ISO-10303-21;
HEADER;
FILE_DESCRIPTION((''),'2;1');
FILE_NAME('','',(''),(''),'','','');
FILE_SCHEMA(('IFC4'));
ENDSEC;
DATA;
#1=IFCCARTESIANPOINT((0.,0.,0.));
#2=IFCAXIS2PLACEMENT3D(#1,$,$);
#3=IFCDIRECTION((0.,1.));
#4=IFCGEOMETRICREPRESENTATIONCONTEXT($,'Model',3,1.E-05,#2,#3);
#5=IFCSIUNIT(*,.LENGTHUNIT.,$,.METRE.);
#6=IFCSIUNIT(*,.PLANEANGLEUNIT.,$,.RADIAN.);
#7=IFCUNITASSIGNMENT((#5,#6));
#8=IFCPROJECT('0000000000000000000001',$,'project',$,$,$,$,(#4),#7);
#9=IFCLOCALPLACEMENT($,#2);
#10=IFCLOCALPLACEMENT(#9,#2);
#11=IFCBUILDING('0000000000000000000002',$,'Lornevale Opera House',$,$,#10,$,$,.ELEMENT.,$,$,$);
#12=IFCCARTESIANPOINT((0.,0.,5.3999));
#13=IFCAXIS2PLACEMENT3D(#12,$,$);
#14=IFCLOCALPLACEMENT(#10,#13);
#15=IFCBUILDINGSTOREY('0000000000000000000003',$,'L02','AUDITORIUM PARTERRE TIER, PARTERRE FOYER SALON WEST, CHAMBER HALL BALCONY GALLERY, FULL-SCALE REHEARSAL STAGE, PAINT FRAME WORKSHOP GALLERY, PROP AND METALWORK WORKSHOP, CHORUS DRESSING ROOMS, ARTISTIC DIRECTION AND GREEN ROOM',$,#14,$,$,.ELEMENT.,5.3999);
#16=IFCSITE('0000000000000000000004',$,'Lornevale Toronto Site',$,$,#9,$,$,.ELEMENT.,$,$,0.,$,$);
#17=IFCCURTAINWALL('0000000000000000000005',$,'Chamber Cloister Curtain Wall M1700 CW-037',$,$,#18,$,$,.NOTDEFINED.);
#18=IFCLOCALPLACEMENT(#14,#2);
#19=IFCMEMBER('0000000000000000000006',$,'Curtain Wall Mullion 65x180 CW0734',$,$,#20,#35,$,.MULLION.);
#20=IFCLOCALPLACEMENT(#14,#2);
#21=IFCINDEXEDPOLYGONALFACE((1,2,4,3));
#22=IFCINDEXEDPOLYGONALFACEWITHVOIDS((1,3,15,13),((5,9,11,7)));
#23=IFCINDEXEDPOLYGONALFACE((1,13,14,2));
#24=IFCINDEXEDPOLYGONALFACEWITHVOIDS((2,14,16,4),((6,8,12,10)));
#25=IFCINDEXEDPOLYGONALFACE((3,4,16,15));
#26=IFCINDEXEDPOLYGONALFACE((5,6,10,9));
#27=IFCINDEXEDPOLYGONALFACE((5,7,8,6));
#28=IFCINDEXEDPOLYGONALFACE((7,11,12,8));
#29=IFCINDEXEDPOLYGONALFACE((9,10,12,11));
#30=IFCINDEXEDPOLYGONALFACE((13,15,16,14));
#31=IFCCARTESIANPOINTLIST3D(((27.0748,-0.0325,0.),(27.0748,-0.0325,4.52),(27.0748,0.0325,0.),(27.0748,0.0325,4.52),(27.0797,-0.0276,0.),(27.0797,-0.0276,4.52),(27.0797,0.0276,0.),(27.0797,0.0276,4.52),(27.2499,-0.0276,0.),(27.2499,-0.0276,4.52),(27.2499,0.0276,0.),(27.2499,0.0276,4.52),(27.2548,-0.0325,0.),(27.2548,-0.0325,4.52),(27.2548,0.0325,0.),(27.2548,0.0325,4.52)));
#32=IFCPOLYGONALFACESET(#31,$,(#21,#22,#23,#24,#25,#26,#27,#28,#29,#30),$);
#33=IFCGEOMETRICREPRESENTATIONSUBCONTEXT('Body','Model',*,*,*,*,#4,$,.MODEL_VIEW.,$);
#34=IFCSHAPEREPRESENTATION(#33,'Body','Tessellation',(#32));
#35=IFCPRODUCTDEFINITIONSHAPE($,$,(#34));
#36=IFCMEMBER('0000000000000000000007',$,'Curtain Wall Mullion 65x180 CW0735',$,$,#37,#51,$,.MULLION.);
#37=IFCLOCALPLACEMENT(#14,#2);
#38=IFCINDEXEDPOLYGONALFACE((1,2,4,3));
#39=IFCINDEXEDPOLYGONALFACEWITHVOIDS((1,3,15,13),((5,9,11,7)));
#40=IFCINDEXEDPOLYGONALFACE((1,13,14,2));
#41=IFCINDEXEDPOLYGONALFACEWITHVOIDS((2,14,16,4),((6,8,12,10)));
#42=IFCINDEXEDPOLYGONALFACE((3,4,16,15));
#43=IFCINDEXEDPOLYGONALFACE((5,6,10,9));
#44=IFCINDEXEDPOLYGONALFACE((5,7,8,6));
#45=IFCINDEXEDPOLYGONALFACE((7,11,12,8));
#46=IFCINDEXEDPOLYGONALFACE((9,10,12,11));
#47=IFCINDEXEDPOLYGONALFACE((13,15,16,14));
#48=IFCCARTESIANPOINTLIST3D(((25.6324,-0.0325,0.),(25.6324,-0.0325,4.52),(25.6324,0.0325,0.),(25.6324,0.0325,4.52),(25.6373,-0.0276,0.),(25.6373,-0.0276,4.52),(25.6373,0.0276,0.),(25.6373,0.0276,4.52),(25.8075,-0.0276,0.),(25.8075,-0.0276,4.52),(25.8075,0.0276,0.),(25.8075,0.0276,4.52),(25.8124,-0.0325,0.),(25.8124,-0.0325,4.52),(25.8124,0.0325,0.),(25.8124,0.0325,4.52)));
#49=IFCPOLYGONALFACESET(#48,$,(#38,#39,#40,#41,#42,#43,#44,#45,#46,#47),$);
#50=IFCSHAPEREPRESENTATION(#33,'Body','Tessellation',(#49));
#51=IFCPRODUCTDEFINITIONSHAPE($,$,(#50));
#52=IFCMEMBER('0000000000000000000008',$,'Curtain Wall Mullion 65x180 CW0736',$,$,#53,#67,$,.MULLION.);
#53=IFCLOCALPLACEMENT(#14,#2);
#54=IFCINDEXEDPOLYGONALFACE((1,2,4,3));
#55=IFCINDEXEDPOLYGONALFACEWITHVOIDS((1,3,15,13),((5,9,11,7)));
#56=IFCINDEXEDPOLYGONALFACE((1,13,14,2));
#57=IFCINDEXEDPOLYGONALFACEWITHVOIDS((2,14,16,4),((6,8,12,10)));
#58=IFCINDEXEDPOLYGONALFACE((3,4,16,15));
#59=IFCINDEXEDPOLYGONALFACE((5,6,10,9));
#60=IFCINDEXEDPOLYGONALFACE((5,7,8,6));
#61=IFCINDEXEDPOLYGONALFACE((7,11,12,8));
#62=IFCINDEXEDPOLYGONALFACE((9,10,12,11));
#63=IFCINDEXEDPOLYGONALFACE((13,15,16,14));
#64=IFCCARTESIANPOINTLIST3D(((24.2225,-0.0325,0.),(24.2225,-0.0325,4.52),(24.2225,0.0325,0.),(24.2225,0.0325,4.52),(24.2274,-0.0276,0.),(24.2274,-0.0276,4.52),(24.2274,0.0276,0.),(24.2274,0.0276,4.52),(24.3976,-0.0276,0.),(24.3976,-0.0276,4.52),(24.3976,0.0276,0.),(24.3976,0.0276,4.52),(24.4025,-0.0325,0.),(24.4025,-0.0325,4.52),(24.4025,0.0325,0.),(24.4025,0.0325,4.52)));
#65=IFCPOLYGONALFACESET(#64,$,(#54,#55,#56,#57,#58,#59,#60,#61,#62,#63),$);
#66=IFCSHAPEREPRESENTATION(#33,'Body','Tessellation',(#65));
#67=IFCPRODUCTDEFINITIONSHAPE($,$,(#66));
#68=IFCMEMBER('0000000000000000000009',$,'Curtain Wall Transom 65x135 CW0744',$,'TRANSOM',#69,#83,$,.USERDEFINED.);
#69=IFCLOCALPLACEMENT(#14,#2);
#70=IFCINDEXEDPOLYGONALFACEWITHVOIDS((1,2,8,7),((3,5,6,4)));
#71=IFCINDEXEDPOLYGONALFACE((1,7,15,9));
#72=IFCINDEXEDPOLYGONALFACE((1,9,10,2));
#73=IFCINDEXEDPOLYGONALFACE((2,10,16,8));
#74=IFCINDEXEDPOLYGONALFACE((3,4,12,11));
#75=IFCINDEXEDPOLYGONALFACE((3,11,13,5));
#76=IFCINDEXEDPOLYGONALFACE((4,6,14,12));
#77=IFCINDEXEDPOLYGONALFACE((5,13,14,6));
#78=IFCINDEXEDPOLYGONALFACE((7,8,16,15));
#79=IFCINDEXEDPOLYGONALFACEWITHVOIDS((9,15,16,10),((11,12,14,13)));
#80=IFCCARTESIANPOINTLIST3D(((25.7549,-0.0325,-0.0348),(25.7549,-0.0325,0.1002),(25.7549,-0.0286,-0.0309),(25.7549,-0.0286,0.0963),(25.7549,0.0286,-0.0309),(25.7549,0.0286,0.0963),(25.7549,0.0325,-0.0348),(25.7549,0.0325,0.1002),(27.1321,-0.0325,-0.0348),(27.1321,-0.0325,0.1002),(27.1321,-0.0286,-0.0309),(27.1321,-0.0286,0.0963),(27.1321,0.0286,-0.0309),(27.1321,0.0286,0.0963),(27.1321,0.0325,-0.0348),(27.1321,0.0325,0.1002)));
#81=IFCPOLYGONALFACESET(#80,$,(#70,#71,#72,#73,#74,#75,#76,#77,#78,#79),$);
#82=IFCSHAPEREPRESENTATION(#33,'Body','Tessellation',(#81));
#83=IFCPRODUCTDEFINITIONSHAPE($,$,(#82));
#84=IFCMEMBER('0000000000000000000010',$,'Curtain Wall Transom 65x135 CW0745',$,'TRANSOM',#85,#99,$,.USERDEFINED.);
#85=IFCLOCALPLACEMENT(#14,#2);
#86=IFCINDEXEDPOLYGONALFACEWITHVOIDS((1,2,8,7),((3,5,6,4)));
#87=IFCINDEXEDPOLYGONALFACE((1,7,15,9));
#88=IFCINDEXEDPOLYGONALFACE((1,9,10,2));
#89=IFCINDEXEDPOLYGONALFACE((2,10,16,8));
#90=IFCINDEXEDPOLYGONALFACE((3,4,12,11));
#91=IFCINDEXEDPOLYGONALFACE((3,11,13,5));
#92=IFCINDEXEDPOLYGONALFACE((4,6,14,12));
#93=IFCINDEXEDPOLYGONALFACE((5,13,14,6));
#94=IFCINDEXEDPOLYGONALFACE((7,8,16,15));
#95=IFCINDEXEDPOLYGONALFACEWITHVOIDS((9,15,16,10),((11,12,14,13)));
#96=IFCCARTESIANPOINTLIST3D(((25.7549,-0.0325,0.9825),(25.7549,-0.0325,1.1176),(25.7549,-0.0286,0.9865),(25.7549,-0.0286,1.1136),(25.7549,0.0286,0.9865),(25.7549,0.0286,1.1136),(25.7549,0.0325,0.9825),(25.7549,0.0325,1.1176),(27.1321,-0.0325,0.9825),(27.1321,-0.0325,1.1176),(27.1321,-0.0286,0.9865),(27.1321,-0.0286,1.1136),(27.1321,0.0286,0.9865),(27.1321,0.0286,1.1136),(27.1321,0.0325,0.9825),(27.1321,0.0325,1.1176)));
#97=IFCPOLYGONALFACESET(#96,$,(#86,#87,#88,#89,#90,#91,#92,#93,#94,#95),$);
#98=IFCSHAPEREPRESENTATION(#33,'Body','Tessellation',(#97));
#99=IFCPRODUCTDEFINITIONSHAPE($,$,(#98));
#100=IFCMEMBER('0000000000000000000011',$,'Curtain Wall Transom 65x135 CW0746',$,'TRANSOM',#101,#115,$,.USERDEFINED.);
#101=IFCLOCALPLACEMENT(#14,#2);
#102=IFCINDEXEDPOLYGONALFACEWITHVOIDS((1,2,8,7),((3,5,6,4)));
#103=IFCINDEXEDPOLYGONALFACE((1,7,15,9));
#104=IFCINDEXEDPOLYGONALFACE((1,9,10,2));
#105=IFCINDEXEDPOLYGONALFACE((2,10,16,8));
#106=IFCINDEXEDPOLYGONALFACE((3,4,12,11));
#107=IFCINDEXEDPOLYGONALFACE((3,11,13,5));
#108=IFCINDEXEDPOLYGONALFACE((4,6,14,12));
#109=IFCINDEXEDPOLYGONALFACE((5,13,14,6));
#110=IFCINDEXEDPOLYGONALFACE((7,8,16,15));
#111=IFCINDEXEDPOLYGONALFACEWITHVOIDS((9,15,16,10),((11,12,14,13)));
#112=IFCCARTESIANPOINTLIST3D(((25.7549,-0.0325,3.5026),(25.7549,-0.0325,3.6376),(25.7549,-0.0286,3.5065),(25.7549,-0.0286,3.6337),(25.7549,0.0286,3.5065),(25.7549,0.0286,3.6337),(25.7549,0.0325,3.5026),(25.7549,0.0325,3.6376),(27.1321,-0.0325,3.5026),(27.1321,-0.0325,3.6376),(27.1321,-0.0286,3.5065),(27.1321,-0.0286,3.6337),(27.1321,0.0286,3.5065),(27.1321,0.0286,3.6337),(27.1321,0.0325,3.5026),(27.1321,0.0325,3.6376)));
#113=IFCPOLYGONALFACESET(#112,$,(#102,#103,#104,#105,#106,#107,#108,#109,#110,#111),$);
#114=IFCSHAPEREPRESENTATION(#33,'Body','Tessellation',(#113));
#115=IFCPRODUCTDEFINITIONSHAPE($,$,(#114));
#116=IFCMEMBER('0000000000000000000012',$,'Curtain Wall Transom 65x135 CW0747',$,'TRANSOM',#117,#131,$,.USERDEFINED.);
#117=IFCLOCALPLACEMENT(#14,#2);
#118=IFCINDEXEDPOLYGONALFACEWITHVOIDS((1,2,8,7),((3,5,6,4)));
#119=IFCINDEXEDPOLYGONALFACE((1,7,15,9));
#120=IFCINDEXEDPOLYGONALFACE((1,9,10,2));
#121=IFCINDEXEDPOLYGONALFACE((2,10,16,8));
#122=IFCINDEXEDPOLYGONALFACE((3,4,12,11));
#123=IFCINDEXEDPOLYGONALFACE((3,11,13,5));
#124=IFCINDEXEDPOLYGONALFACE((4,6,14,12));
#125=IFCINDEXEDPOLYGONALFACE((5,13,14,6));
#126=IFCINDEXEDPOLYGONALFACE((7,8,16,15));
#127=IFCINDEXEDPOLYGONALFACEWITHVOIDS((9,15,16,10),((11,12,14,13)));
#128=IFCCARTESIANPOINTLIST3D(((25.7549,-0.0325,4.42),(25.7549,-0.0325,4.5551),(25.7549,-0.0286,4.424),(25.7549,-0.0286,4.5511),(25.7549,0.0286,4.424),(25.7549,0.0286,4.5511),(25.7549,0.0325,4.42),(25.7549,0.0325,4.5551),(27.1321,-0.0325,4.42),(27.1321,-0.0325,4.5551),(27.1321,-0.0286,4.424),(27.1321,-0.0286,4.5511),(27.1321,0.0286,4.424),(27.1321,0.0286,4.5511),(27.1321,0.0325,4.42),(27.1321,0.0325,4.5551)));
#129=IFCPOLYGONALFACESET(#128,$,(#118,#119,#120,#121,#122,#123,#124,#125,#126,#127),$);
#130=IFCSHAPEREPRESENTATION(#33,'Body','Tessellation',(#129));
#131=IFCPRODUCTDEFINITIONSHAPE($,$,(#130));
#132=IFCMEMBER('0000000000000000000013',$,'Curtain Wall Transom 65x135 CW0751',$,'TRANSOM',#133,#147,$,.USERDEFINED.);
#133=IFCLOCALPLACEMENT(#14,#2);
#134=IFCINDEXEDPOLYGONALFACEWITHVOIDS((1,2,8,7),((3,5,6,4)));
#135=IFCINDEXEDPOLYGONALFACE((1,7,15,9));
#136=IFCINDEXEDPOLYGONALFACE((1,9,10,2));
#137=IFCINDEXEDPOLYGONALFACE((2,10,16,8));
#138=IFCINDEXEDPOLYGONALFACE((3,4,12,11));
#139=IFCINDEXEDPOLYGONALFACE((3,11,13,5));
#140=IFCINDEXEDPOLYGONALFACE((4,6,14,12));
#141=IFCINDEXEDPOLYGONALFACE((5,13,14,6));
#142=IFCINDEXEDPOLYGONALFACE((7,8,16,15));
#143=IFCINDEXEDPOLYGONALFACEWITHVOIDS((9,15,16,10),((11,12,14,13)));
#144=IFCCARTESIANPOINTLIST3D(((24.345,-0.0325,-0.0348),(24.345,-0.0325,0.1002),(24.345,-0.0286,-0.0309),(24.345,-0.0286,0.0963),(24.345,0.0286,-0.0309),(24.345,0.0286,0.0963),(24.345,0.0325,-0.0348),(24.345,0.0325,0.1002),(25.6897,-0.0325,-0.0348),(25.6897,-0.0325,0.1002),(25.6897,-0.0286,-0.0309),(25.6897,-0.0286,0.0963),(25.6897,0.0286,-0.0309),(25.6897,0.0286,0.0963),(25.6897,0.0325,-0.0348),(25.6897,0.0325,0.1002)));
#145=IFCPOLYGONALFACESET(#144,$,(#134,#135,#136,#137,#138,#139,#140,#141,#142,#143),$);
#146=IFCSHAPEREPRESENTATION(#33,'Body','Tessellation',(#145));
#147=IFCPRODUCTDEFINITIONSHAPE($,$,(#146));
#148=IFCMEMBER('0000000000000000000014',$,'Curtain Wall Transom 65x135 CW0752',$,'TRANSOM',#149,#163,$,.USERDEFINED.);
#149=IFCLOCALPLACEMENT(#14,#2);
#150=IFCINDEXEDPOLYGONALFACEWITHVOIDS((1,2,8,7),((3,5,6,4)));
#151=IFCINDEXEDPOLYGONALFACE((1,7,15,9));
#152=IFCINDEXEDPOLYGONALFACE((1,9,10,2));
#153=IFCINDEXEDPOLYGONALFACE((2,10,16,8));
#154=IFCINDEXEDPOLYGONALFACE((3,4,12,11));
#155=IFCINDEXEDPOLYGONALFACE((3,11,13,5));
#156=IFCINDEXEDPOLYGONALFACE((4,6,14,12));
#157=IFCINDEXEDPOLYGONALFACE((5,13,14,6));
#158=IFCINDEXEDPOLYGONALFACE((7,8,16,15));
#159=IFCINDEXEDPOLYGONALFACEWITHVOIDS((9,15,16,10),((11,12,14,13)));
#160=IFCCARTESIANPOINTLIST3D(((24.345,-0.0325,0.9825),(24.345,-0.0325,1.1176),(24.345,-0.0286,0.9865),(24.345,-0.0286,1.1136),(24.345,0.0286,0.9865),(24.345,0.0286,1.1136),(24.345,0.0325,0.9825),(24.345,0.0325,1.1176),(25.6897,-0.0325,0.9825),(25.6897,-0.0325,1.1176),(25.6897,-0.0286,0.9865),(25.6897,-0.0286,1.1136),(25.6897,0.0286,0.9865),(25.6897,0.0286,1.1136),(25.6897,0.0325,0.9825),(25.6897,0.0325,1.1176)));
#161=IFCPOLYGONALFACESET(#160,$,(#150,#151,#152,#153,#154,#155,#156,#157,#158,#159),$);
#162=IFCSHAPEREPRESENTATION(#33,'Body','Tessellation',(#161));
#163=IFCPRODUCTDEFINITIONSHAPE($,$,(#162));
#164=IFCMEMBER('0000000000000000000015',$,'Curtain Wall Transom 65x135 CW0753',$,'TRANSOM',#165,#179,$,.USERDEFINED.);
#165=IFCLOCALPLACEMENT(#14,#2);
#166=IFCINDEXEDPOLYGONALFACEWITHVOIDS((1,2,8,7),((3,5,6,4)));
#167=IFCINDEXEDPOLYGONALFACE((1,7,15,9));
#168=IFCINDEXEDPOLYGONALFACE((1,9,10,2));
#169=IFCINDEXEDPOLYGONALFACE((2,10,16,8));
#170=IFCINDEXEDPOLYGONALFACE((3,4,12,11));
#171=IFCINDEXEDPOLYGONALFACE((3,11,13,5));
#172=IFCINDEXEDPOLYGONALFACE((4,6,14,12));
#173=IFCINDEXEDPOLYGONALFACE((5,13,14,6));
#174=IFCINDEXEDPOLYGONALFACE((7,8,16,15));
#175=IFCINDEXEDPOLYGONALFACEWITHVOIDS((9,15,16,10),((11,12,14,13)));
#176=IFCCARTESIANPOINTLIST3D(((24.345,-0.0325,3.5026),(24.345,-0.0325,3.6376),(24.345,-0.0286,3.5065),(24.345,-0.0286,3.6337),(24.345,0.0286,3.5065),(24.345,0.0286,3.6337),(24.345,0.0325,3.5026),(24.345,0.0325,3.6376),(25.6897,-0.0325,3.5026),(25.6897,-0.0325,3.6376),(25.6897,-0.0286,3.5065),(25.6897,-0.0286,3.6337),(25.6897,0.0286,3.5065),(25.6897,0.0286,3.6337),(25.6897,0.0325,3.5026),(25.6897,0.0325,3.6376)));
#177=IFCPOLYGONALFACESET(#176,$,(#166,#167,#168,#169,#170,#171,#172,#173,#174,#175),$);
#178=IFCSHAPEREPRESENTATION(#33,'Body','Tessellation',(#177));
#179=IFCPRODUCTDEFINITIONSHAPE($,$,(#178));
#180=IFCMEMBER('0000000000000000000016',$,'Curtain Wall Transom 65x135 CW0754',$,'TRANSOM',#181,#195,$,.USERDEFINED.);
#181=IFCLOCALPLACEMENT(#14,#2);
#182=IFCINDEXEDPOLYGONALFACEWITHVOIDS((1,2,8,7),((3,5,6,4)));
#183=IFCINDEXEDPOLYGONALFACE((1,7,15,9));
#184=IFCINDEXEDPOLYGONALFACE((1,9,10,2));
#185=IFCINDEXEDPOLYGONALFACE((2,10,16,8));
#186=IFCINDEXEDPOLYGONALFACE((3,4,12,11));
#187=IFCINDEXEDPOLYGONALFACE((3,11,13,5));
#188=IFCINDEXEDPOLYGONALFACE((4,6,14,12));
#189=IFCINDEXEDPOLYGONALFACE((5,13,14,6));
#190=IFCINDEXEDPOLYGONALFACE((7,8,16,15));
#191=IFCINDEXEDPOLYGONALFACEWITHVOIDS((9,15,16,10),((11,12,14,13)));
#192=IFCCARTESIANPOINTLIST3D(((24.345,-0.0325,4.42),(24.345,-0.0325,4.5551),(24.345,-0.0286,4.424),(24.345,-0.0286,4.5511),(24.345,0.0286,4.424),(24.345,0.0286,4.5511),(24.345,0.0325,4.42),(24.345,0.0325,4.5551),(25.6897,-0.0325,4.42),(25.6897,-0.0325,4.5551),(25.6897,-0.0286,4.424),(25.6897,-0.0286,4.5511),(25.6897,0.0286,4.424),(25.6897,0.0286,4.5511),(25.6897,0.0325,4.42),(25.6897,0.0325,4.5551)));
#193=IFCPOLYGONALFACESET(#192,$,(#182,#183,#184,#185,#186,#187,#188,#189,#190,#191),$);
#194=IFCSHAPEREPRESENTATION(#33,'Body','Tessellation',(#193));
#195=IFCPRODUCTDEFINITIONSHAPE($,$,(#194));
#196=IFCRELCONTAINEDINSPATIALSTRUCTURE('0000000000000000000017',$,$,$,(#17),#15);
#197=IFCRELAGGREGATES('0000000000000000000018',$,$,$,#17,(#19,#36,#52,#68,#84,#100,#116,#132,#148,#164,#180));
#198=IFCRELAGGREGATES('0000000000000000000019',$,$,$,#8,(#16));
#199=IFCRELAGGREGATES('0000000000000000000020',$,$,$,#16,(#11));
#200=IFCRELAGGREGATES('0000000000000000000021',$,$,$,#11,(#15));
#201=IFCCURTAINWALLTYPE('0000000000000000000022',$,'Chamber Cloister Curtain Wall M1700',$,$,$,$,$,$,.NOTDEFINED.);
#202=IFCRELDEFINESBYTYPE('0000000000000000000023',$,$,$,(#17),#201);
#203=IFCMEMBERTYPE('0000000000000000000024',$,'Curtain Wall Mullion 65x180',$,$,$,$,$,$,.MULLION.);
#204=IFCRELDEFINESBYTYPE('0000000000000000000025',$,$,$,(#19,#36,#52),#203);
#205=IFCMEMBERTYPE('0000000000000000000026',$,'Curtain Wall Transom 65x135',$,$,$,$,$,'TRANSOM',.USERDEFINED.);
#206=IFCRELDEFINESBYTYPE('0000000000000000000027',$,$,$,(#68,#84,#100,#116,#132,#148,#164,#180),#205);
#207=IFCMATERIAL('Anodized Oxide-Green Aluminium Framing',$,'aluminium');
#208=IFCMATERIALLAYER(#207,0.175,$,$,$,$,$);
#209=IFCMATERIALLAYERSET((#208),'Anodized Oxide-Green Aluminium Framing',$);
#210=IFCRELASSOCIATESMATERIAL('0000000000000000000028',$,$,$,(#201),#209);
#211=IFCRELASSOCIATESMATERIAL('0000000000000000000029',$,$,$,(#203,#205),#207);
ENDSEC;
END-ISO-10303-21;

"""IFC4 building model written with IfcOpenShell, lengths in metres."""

from ifc_helpers import new_model, si_unit, direction, frame, origin, origin_2d, place, context, subcontext, project, spatial, hollow_rectangle, extrude, material, layer, layer_set, material_profile, profile_set, type_object, element, aggregate, save


model = new_model("IFC4")

# Units and contexts
model_context = context("Model", 3, precision=1e-05, world=origin(), true_north=direction((0.0, 1.0)))
body_context = subcontext(model_context, "Body", "Model", "MODEL_VIEW")
ifc_project = project(units=[si_unit("LENGTHUNIT", "METRE"), si_unit("PLANEANGLEUNIT", "RADIAN")], contexts=[model_context])

# Site, building, storey
site_placement = place(None, origin())
site = spatial("IfcSite", under=ifc_project, at=site_placement, Name="Lornevale Toronto Site", CompositionType="ELEMENT", RefElevation=0.0)
building_placement = place(site_placement, origin())
building = spatial("IfcBuilding", under=site, at=building_placement, Name="Lornevale Opera House", CompositionType="ELEMENT")
storey_placement = place(building_placement, frame((0.0, 0.0, 5.3999)))
storey = spatial("IfcBuildingStorey", under=building, at=storey_placement, Name="L02", Description="AUDITORIUM PARTERRE TIER, PARTERRE FOYER SALON WEST, CHAMBER HALL BALCONY GALLERY, FULL-SCALE REHEARSAL STAGE, PAINT FRAME WORKSHOP GALLERY, PROP AND METALWORK WORKSHOP, CHORUS DRESSING ROOMS, ARTISTIC DIRECTION AND GREEN ROOM", CompositionType="ELEMENT", Elevation=5.3999)

# Curtain wall, members
ifc_material_1 = material(Name="Anodized Oxide-Green Aluminium Framing", Category="aluminium")
ifc_layer_1 = layer(ifc_material_1, 0.175)
ifc_layer_set_1 = layer_set([ifc_layer_1], Name="Anodized Oxide-Green Aluminium Framing")
curtain_wall_type = type_object("IfcCurtainWallType", Name="Chamber Cloister Curtain Wall M1700", PredefinedType="NOTDEFINED", material=ifc_layer_set_1)
curtain_wall_placement = place(storey_placement, origin())
curtain_wall = element("IfcCurtainWall", 1, at=curtain_wall_placement, inside=storey, type_object=curtain_wall_type, Name="Chamber Cloister Curtain Wall M1700 CW-037", PredefinedType="NOTDEFINED")
ifc_material_profile_1 = material_profile(ifc_material_1, hollow_rectangle(XDim=0.0649, YDim=0.1799, WallThickness=0.0049, at=origin_2d()), Name="ALU65x180x5")
ifc_profile_set_1 = profile_set([ifc_material_profile_1], Name="Anodized Oxide-Green Aluminium Framing")
member_type_1 = type_object("IfcMemberType", Name="Curtain Wall Mullion 65x180", PredefinedType="MULLION", material=ifc_profile_set_1)
member_1_placement = place(storey_placement, frame((27.1648, 0.0, 0.0), z_axis=(0.0, 0.0, 1.0), x_axis=(0.0, -1.0, 0.0)))
member_1 = element("IfcMember", 2, at=member_1_placement, type_object=member_type_1, Name="Curtain Wall Mullion 65x180 CW0734", PredefinedType="MULLION", context=body_context, shape_type="SweptSolid", body=[
    extrude(hollow_rectangle(XDim=0.0649, YDim=0.1799, WallThickness=0.0049, at=origin_2d()), origin(), (0.0, 0.0, 1.0), 4.52),
])
member_2_placement = place(storey_placement, frame((25.7224, 0.0, 0.0), z_axis=(0.0, 0.0, 1.0), x_axis=(0.0, -1.0, 0.0)))
member_2 = element("IfcMember", 3, at=member_2_placement, type_object=member_type_1, Name="Curtain Wall Mullion 65x180 CW0735", PredefinedType="MULLION", context=body_context, shape_type="SweptSolid", body=[
    extrude(hollow_rectangle(XDim=0.0649, YDim=0.1799, WallThickness=0.0049, at=origin_2d()), origin(), (0.0, 0.0, 1.0), 4.52),
])
member_3_placement = place(storey_placement, frame((24.3125, 0.0, 0.0), z_axis=(0.0, 0.0, 1.0), x_axis=(0.0, -1.0, 0.0)))
member_3 = element("IfcMember", 4, at=member_3_placement, type_object=member_type_1, Name="Curtain Wall Mullion 65x180 CW0736", PredefinedType="MULLION", context=body_context, shape_type="SweptSolid", body=[
    extrude(hollow_rectangle(XDim=0.0649, YDim=0.1799, WallThickness=0.0049, at=origin_2d()), origin(), (0.0, 0.0, 1.0), 4.52),
])
ifc_material_profile_2 = material_profile(ifc_material_1, hollow_rectangle(XDim=0.0649, YDim=0.135, WallThickness=0.0039, at=origin_2d()), Name="ALU65x135x4")
ifc_profile_set_2 = profile_set([ifc_material_profile_2], Name="Anodized Oxide-Green Aluminium Framing")
member_type_2 = type_object("IfcMemberType", Name="Curtain Wall Transom 65x135", ElementType="TRANSOM", PredefinedType="USERDEFINED", material=ifc_profile_set_2)
member_4_placement = place(storey_placement, frame((27.1321, 0.0, 0.0327), z_axis=(-1.0, 0.0, 0.0), x_axis=(0.0, -1.0, 0.0)))
member_4 = element("IfcMember", 5, at=member_4_placement, type_object=member_type_2, Name="Curtain Wall Transom 65x135 CW0744", ObjectType="TRANSOM", PredefinedType="USERDEFINED", context=body_context, shape_type="SweptSolid", body=[
    extrude(hollow_rectangle(XDim=0.0649, YDim=0.135, WallThickness=0.0039, at=origin_2d()), origin(), (0.0, 0.0, 1.0), 1.3772),
])
member_5_placement = place(storey_placement, frame((27.1321, 0.0, 1.05), z_axis=(-1.0, 0.0, 0.0), x_axis=(0.0, -1.0, 0.0)))
member_5 = element("IfcMember", 6, at=member_5_placement, type_object=member_type_2, Name="Curtain Wall Transom 65x135 CW0745", ObjectType="TRANSOM", PredefinedType="USERDEFINED", context=body_context, shape_type="SweptSolid", body=[
    extrude(hollow_rectangle(XDim=0.0649, YDim=0.135, WallThickness=0.0039, at=origin_2d()), origin(), (0.0, 0.0, 1.0), 1.3772),
])
member_6_placement = place(storey_placement, frame((27.1321, 0.0, 3.5701), z_axis=(-1.0, 0.0, 0.0), x_axis=(0.0, -1.0, 0.0)))
member_6 = element("IfcMember", 7, at=member_6_placement, type_object=member_type_2, Name="Curtain Wall Transom 65x135 CW0746", ObjectType="TRANSOM", PredefinedType="USERDEFINED", context=body_context, shape_type="SweptSolid", body=[
    extrude(hollow_rectangle(XDim=0.0649, YDim=0.135, WallThickness=0.0039, at=origin_2d()), origin(), (0.0, 0.0, 1.0), 1.3772),
])
member_7_placement = place(storey_placement, frame((27.1321, 0.0, 4.4875), z_axis=(-1.0, 0.0, 0.0), x_axis=(0.0, -1.0, 0.0)))
member_7 = element("IfcMember", 8, at=member_7_placement, type_object=member_type_2, Name="Curtain Wall Transom 65x135 CW0747", ObjectType="TRANSOM", PredefinedType="USERDEFINED", context=body_context, shape_type="SweptSolid", body=[
    extrude(hollow_rectangle(XDim=0.0649, YDim=0.135, WallThickness=0.0039, at=origin_2d()), origin(), (0.0, 0.0, 1.0), 1.3772),
])
member_8_placement = place(storey_placement, frame((25.6897, 0.0, 0.0327), z_axis=(-1.0, 0.0, 0.0), x_axis=(0.0, -1.0, 0.0)))
member_8 = element("IfcMember", 9, at=member_8_placement, type_object=member_type_2, Name="Curtain Wall Transom 65x135 CW0751", ObjectType="TRANSOM", PredefinedType="USERDEFINED", context=body_context, shape_type="SweptSolid", body=[
    extrude(hollow_rectangle(XDim=0.0649, YDim=0.135, WallThickness=0.0039, at=origin_2d()), origin(), (0.0, 0.0, 1.0), 1.3447),
])
member_9_placement = place(storey_placement, frame((25.6897, 0.0, 1.05), z_axis=(-1.0, 0.0, 0.0), x_axis=(0.0, -1.0, 0.0)))
member_9 = element("IfcMember", 10, at=member_9_placement, type_object=member_type_2, Name="Curtain Wall Transom 65x135 CW0752", ObjectType="TRANSOM", PredefinedType="USERDEFINED", context=body_context, shape_type="SweptSolid", body=[
    extrude(hollow_rectangle(XDim=0.0649, YDim=0.135, WallThickness=0.0039, at=origin_2d()), origin(), (0.0, 0.0, 1.0), 1.3447),
])
member_10_placement = place(storey_placement, frame((25.6897, 0.0, 3.5701), z_axis=(-1.0, 0.0, 0.0), x_axis=(0.0, -1.0, 0.0)))
member_10 = element("IfcMember", 11, at=member_10_placement, type_object=member_type_2, Name="Curtain Wall Transom 65x135 CW0753", ObjectType="TRANSOM", PredefinedType="USERDEFINED", context=body_context, shape_type="SweptSolid", body=[
    extrude(hollow_rectangle(XDim=0.0649, YDim=0.135, WallThickness=0.0039, at=origin_2d()), origin(), (0.0, 0.0, 1.0), 1.3447),
])
member_11_placement = place(storey_placement, frame((25.6897, 0.0, 4.4875), z_axis=(-1.0, 0.0, 0.0), x_axis=(0.0, -1.0, 0.0)))
member_11 = element("IfcMember", 12, at=member_11_placement, type_object=member_type_2, Name="Curtain Wall Transom 65x135 CW0754", ObjectType="TRANSOM", PredefinedType="USERDEFINED", context=body_context, shape_type="SweptSolid", body=[
    extrude(hollow_rectangle(XDim=0.0649, YDim=0.135, WallThickness=0.0039, at=origin_2d()), origin(), (0.0, 0.0, 1.0), 1.3447),
])
aggregate(curtain_wall, [member_1, member_2, member_3, member_4, member_5, member_6, member_7, member_8, member_9, member_10, member_11])

save(model, "model.ifc")
